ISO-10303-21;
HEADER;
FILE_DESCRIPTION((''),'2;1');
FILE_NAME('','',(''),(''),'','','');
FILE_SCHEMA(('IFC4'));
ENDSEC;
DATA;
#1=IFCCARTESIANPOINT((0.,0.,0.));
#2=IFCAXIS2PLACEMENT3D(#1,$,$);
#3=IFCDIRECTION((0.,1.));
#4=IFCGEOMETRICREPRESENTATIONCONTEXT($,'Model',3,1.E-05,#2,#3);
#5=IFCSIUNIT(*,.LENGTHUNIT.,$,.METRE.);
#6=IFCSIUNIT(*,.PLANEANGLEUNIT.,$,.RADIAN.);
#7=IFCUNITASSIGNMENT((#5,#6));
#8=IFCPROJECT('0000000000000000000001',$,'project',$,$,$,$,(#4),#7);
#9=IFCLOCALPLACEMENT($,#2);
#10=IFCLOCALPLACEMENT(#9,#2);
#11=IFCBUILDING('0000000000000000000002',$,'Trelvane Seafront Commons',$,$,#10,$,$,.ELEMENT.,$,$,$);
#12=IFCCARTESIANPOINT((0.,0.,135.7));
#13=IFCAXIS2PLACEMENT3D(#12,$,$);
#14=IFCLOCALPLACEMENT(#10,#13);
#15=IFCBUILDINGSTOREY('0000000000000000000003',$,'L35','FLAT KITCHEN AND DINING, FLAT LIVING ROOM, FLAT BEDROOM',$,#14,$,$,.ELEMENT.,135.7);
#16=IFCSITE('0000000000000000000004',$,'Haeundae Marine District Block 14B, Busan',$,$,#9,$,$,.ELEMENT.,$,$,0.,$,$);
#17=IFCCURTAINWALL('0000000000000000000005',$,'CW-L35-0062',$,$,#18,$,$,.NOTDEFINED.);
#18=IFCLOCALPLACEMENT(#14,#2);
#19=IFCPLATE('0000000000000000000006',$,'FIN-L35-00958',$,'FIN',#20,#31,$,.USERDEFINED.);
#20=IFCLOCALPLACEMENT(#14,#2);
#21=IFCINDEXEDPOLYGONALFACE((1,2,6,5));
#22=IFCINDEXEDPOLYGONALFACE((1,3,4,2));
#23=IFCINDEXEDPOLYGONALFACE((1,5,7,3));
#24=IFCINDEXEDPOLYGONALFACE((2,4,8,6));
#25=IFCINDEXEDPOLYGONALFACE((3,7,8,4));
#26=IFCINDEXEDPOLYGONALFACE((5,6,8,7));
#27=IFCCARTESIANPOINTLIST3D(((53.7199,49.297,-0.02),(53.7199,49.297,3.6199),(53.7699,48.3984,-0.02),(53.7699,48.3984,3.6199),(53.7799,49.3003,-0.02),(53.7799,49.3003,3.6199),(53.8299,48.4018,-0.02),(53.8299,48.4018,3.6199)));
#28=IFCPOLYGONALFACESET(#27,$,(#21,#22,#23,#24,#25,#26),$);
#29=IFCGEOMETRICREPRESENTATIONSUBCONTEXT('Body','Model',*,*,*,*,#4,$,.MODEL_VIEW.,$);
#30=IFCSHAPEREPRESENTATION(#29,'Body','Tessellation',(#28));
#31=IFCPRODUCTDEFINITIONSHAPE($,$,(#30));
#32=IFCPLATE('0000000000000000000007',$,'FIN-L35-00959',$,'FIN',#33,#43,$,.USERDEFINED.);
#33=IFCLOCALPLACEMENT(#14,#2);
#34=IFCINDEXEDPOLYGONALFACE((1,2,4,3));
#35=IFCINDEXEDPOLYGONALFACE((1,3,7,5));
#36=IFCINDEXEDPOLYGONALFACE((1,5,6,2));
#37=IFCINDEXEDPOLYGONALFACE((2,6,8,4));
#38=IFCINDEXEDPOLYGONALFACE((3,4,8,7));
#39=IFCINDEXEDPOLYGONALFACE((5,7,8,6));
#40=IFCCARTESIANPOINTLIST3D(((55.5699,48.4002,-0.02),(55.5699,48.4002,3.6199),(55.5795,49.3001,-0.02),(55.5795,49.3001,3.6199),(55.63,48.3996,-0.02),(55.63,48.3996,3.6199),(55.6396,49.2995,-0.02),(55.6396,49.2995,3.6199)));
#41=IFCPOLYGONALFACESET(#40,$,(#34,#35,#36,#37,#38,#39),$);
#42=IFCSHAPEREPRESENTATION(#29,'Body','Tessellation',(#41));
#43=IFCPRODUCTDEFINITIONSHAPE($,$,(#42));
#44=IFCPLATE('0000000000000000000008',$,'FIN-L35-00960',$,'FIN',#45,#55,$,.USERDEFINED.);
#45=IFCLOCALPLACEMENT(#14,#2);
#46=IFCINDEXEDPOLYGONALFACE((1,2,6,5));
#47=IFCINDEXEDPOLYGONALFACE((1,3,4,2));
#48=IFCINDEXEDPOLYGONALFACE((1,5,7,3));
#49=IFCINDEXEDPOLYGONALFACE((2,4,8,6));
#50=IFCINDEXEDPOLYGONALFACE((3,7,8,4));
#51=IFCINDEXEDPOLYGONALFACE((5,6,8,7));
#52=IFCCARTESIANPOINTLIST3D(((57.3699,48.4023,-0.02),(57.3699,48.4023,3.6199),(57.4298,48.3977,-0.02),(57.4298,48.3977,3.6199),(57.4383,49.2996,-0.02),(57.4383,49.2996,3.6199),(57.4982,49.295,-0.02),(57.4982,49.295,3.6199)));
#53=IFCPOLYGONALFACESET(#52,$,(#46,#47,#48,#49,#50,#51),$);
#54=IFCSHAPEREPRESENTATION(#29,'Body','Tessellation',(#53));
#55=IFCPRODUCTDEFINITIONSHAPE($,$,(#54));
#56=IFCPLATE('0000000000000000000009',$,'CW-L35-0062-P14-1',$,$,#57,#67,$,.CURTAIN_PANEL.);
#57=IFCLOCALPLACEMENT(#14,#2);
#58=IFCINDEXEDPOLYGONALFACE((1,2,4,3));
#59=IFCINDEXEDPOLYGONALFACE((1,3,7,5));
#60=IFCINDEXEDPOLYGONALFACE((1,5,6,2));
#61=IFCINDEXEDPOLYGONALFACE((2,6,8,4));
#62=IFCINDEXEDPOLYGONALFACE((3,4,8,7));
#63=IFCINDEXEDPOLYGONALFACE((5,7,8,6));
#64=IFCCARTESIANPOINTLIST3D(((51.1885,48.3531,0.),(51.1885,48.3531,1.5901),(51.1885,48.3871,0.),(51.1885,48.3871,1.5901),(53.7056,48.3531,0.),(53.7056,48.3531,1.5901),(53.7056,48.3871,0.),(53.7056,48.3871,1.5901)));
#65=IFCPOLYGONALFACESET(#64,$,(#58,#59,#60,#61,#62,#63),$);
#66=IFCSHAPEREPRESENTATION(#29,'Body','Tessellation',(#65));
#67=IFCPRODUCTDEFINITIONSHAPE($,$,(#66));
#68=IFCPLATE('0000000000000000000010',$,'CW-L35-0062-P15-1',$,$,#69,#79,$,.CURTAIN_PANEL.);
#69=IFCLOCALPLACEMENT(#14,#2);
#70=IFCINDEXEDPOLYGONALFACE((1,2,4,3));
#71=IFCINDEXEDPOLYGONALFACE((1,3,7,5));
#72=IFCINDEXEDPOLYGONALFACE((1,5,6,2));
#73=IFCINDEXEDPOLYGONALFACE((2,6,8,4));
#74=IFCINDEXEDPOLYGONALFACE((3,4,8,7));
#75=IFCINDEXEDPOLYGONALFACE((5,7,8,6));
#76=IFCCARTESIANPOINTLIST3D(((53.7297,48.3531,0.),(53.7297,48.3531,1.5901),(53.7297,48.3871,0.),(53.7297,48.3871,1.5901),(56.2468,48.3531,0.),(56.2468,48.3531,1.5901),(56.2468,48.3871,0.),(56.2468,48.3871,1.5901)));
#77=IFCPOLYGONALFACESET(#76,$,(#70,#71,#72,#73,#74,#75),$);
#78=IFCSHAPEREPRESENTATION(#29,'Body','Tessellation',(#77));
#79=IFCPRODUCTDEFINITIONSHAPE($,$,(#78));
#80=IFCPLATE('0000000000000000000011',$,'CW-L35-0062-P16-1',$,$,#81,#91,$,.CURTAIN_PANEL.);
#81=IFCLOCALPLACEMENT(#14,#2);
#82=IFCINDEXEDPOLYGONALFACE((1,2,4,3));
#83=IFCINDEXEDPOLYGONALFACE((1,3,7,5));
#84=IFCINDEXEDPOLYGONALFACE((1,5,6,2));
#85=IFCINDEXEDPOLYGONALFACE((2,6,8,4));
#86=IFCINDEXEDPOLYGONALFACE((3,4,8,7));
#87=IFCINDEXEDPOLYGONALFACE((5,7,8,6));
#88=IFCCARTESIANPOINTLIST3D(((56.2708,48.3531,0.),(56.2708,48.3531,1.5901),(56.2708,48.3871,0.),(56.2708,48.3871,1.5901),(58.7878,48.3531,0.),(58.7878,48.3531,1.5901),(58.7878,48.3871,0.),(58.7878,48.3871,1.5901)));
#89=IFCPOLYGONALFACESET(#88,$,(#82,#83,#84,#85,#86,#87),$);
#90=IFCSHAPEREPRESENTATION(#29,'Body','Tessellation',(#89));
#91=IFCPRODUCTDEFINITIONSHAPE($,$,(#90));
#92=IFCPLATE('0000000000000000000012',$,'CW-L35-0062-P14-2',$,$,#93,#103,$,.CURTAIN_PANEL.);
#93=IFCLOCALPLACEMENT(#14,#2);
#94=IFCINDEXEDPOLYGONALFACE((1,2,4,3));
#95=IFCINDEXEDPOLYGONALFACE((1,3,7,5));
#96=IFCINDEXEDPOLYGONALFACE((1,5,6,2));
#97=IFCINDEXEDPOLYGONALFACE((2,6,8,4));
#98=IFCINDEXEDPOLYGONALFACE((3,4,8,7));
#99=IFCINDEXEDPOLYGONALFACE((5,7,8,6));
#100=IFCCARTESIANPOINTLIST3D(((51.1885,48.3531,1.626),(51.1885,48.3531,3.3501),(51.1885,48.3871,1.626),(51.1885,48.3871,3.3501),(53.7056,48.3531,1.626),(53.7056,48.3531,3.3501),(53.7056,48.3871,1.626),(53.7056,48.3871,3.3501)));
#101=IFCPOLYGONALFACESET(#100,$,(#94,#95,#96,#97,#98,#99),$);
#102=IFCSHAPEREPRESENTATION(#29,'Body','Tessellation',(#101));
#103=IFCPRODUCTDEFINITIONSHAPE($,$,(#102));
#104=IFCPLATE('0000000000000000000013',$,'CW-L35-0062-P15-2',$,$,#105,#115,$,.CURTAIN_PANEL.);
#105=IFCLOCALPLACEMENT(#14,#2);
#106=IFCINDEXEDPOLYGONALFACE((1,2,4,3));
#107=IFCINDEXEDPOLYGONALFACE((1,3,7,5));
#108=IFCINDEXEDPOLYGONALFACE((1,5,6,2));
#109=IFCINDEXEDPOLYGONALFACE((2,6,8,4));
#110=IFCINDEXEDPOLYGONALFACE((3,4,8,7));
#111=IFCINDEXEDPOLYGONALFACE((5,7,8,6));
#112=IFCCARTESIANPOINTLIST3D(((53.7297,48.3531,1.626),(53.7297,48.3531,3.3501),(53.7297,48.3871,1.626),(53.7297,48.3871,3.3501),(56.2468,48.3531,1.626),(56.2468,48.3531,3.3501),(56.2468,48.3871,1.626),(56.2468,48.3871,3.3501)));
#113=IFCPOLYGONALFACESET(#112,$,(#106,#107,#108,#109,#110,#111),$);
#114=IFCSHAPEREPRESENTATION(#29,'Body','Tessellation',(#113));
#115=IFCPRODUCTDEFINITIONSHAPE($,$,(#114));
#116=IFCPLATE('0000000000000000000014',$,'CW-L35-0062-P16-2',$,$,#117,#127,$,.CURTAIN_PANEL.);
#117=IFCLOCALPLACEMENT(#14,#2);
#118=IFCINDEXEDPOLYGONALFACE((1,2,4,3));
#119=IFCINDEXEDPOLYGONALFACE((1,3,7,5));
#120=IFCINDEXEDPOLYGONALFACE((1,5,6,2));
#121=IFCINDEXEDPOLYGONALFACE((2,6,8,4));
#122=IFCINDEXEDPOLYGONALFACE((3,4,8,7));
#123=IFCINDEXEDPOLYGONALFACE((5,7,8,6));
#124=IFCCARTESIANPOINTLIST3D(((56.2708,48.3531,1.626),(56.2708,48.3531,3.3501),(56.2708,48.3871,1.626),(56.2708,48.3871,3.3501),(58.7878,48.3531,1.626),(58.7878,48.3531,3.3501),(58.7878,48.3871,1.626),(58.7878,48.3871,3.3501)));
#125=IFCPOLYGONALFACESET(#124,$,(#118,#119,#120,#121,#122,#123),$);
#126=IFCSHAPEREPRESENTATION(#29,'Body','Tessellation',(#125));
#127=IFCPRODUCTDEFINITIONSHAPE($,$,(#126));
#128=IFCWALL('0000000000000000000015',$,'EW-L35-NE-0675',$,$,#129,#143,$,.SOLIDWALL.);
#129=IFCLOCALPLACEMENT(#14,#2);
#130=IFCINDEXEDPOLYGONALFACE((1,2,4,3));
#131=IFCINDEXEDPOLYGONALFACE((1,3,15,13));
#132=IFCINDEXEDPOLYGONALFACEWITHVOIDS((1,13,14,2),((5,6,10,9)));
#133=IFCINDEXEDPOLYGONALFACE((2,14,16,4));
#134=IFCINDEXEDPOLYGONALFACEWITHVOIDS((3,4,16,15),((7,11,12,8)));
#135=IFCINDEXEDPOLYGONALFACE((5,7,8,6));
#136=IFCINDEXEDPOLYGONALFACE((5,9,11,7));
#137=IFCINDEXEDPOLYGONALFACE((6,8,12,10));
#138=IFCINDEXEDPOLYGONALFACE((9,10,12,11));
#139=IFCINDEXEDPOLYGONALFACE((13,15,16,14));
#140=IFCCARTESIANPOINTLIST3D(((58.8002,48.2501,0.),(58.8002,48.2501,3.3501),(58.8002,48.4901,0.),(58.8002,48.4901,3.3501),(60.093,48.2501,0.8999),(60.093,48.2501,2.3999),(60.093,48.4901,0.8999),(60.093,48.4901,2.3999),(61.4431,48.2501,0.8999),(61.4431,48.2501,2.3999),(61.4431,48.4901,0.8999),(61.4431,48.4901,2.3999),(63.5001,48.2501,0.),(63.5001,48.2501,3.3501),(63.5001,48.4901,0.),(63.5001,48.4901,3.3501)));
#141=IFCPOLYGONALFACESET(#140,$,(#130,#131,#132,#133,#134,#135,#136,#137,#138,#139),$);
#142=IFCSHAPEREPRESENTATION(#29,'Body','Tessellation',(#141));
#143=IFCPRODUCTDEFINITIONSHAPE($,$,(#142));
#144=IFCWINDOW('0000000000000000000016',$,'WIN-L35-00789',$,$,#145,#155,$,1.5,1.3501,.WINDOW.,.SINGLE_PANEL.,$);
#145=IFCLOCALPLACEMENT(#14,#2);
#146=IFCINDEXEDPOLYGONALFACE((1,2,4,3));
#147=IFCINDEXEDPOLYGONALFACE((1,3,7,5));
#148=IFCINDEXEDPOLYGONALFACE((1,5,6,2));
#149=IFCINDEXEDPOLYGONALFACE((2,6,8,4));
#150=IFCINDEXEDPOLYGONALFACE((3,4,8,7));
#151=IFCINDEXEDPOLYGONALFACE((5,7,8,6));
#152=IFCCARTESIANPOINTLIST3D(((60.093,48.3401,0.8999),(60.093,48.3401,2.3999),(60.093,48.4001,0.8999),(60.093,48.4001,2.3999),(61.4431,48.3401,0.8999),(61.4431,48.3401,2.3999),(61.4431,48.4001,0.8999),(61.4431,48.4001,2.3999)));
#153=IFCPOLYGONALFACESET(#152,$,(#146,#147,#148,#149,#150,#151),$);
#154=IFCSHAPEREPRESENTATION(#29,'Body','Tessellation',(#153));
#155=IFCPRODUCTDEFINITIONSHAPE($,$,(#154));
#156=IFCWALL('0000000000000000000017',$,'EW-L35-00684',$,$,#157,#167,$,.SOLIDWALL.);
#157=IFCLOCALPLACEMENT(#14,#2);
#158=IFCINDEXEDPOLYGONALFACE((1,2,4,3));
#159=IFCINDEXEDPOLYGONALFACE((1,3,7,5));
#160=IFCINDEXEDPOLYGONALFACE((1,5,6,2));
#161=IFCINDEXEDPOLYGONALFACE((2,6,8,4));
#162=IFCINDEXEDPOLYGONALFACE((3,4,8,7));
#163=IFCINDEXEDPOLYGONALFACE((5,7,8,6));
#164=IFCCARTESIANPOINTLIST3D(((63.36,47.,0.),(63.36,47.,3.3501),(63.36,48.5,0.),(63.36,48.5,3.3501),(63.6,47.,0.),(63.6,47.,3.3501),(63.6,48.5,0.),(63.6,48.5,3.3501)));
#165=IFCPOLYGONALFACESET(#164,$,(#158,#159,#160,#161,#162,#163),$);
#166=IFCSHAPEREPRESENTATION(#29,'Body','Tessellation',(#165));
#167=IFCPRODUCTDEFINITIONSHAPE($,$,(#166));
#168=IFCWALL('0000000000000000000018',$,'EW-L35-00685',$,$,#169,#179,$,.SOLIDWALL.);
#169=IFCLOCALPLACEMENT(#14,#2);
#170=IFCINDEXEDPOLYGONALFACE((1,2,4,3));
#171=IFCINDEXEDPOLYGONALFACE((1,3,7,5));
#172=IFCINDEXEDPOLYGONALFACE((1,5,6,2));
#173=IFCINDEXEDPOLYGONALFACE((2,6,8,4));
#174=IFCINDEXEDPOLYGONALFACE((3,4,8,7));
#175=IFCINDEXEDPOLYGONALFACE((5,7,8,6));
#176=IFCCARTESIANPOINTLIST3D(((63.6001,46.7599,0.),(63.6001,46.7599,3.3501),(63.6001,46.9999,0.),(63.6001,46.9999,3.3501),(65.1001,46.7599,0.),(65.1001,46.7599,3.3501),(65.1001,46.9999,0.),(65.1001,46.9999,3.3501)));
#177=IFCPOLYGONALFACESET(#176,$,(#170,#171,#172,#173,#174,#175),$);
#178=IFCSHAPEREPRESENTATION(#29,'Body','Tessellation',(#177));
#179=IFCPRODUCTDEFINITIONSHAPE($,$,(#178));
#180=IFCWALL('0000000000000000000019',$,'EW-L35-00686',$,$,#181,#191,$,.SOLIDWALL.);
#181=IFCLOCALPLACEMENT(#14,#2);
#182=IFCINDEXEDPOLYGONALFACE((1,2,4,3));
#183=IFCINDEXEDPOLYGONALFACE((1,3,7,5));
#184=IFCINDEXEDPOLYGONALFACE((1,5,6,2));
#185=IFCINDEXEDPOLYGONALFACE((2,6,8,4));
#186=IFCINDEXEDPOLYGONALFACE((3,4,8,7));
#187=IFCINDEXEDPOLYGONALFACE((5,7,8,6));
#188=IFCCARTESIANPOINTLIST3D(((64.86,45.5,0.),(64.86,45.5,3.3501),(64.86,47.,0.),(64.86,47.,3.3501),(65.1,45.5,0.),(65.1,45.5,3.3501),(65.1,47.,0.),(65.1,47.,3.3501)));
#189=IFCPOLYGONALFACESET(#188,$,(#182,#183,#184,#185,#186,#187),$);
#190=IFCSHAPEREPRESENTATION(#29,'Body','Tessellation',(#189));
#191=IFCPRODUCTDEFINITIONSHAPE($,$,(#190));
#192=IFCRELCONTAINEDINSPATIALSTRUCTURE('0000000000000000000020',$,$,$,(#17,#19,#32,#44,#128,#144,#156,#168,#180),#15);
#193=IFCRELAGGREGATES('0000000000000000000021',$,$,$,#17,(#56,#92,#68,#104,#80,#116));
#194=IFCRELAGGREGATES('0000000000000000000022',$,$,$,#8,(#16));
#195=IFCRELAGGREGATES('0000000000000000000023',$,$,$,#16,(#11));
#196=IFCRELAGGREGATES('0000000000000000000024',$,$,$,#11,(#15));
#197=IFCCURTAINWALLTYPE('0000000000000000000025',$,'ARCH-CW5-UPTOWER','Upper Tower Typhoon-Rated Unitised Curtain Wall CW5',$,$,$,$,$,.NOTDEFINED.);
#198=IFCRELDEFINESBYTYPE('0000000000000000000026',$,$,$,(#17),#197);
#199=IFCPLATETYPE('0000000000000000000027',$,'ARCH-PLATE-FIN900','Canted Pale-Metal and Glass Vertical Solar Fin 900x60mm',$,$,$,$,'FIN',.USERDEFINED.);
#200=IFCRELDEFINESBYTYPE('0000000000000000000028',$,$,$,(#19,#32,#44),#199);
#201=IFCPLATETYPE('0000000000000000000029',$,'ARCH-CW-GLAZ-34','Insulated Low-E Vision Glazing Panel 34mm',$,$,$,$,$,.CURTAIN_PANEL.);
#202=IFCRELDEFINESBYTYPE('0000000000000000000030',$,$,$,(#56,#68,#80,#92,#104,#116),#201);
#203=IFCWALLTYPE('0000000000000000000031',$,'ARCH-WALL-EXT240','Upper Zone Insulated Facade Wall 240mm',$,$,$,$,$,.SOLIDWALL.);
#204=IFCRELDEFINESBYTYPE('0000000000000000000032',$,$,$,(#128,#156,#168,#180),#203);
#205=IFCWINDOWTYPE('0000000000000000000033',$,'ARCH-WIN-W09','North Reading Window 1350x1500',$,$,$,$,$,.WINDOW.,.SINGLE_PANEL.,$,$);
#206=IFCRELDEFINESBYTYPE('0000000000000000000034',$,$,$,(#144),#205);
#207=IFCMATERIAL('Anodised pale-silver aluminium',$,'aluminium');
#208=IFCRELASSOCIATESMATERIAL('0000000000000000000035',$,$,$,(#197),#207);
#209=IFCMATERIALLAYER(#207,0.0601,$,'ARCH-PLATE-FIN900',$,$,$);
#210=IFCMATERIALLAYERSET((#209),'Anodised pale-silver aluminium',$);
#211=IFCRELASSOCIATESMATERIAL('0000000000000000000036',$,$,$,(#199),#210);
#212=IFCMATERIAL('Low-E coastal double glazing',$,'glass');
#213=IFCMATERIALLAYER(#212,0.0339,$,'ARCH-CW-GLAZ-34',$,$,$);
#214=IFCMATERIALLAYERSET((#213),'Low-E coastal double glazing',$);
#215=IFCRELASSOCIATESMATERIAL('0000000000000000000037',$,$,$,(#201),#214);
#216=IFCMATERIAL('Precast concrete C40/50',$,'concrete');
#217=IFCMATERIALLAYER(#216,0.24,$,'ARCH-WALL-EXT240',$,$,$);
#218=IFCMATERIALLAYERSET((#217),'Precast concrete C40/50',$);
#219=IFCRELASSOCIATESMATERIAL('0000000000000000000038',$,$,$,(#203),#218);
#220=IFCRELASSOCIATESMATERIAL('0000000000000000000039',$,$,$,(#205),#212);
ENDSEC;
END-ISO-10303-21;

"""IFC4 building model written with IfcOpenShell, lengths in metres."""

from ifc_helpers import new_model, si_unit, direction, frame, frame_2d, origin, origin_2d, place, context, subcontext, project, spatial, rectangle, extrude, source, transform, mapped, material, layer, layer_set, type_object, element, fill, aggregate, save


model = new_model("IFC4")

# Units and contexts
model_context = context("Model", 3, precision=1e-05, world=origin(), true_north=direction((0.0, 1.0)))
body_context = subcontext(model_context, "Body", "Model", "MODEL_VIEW")
ifc_project = project(units=[si_unit("LENGTHUNIT", "METRE"), si_unit("PLANEANGLEUNIT", "RADIAN")], contexts=[model_context])

# Site, building, storey
site_placement = place(None, origin())
site = spatial("IfcSite", under=ifc_project, at=site_placement, Name="Haeundae Marine District Block 14B, Busan", CompositionType="ELEMENT", RefElevation=0.0)
building_placement = place(site_placement, origin())
building = spatial("IfcBuilding", under=site, at=building_placement, Name="Trelvane Seafront Commons", CompositionType="ELEMENT")
storey_placement = place(building_placement, frame((0.0, 0.0, 135.7)))
storey = spatial("IfcBuildingStorey", under=building, at=storey_placement, Name="L35", Description="FLAT KITCHEN AND DINING, FLAT LIVING ROOM, FLAT BEDROOM", CompositionType="ELEMENT", Elevation=135.7)

# Curtain wall
ifc_material_1 = material(Name="Anodised pale-silver aluminium", Category="aluminium")
curtain_wall_type = type_object("IfcCurtainWallType", Name="ARCH-CW5-UPTOWER", Description="Upper Tower Typhoon-Rated Unitised Curtain Wall CW5", PredefinedType="NOTDEFINED", material=ifc_material_1)
curtain_wall_placement = place(storey_placement, origin())
curtain_wall = element("IfcCurtainWall", 1, at=curtain_wall_placement, inside=storey, type_object=curtain_wall_type, Name="CW-L35-0062", PredefinedType="NOTDEFINED")

# Plates
ifc_layer_1 = layer(ifc_material_1, 0.0601, Name="ARCH-PLATE-FIN900")
ifc_layer_set_1 = layer_set([ifc_layer_1], Name="Anodised pale-silver aluminium")
plate_type_1 = type_object("IfcPlateType", Name="ARCH-PLATE-FIN900", Description="Canted Pale-Metal and Glass Vertical Solar Fin 900x60mm", ElementType="FIN", PredefinedType="USERDEFINED", material=ifc_layer_set_1)
shared_shape_1 = source(origin(), body_context, "Body", "SweptSolid", [
    extrude(rectangle(XDim=0.8999, YDim=0.0601, at=origin_2d()), origin(), (0.0, 0.0, 1.0), 3.6399),
])
for number, where, z_axis, x_axis, name in (
    (2, (53.7749, 48.8494, -0.02), (0.0, 0.0, 1.0), (-0.055557, 0.998456, 0.0), "FIN-L35-00958"),
    (3, (55.6047, 48.8499, -0.02), (0.0, 0.0, 1.0), (0.010667, 0.999943, 0.0), "FIN-L35-00959"),
    (4, (57.4341, 48.8486, -0.02), (0.0, 0.0, 1.0), (0.076, 0.997108, 0.0), "FIN-L35-00960"),
):
    element("IfcPlate", number, at=place(storey_placement, frame(where, z_axis=z_axis, x_axis=x_axis)), inside=storey, type_object=plate_type_1, Name=name, ObjectType="FIN", PredefinedType="USERDEFINED", context=body_context, shape_type="MappedRepresentation", body=[
        mapped(shared_shape_1, transform((0.0, 0.0, 0.0), x_axis=(1.0, 0.0, 0.0), y_axis=(0.0, 1.0, 0.0), z_axis=(0.0, 0.0, 1.0), scale=1.0)),
    ])

# Plates
ifc_material_2 = material(Name="Low-E coastal double glazing", Category="glass")
ifc_layer_2 = layer(ifc_material_2, 0.0339, Name="ARCH-CW-GLAZ-34")
ifc_layer_set_2 = layer_set([ifc_layer_2], Name="Low-E coastal double glazing")
plate_type_2 = type_object("IfcPlateType", Name="ARCH-CW-GLAZ-34", Description="Insulated Low-E Vision Glazing Panel 34mm", PredefinedType="CURTAIN_PANEL", material=ifc_layer_set_2)
shared_shape_2 = source(origin(), body_context, "Body", "SweptSolid", [
    extrude(rectangle(XDim=2.5171, YDim=0.0339, at=origin_2d()), origin(), (0.0, 0.0, 1.0), 1.5901),
])
plate_1_placement = place(storey_placement, frame((52.447, 48.3701, 0.0), z_axis=(0.0, 0.0, 1.0), x_axis=(1.0, 0.0, 0.0)))
plate_1 = element("IfcPlate", 5, at=plate_1_placement, type_object=plate_type_2, Name="CW-L35-0062-P14-1", PredefinedType="CURTAIN_PANEL", context=body_context, shape_type="MappedRepresentation", body=[
    mapped(shared_shape_2, transform((0.0, 0.0, 0.0), x_axis=(1.0, 0.0, 0.0), y_axis=(0.0, 1.0, 0.0), z_axis=(0.0, 0.0, 1.0), scale=1.0)),
])
plate_2_placement = place(storey_placement, frame((54.9883, 48.3701, 0.0), z_axis=(0.0, 0.0, 1.0), x_axis=(1.0, 0.0, 0.0)))
plate_2 = element("IfcPlate", 6, at=plate_2_placement, type_object=plate_type_2, Name="CW-L35-0062-P15-1", PredefinedType="CURTAIN_PANEL", context=body_context, shape_type="MappedRepresentation", body=[
    mapped(shared_shape_2, transform((0.0, 0.0, 0.0), x_axis=(1.0, 0.0, 0.0), y_axis=(0.0, 1.0, 0.0), z_axis=(0.0, 0.0, 1.0), scale=1.0)),
])
plate_3_placement = place(storey_placement, frame((57.5293, 48.3701, 0.0), z_axis=(0.0, 0.0, 1.0), x_axis=(1.0, 0.0, 0.0)))
plate_3 = element("IfcPlate", 7, at=plate_3_placement, type_object=plate_type_2, Name="CW-L35-0062-P16-1", PredefinedType="CURTAIN_PANEL", context=body_context, shape_type="MappedRepresentation", body=[
    mapped(shared_shape_2, transform((0.0, 0.0, 0.0), x_axis=(1.0, 0.0, 0.0), y_axis=(0.0, 1.0, 0.0), z_axis=(0.0, 0.0, 1.0), scale=1.0)),
])
shared_shape_3 = source(origin(), body_context, "Body", "SweptSolid", [
    extrude(rectangle(XDim=2.5171, YDim=0.0339, at=origin_2d()), origin(), (0.0, 0.0, 1.0), 1.7241),
])
plate_4_placement = place(storey_placement, frame((52.447, 48.3701, 1.626), z_axis=(0.0, 0.0, 1.0), x_axis=(1.0, 0.0, 0.0)))
plate_4 = element("IfcPlate", 8, at=plate_4_placement, type_object=plate_type_2, Name="CW-L35-0062-P14-2", PredefinedType="CURTAIN_PANEL", context=body_context, shape_type="MappedRepresentation", body=[
    mapped(shared_shape_3, transform((0.0, 0.0, 0.0), x_axis=(1.0, 0.0, 0.0), y_axis=(0.0, 1.0, 0.0), z_axis=(0.0, 0.0, 1.0), scale=1.0)),
])
plate_5_placement = place(storey_placement, frame((54.9883, 48.3701, 1.626), z_axis=(0.0, 0.0, 1.0), x_axis=(1.0, 0.0, 0.0)))
plate_5 = element("IfcPlate", 9, at=plate_5_placement, type_object=plate_type_2, Name="CW-L35-0062-P15-2", PredefinedType="CURTAIN_PANEL", context=body_context, shape_type="MappedRepresentation", body=[
    mapped(shared_shape_3, transform((0.0, 0.0, 0.0), x_axis=(1.0, 0.0, 0.0), y_axis=(0.0, 1.0, 0.0), z_axis=(0.0, 0.0, 1.0), scale=1.0)),
])
plate_6_placement = place(storey_placement, frame((57.5293, 48.3701, 1.626), z_axis=(0.0, 0.0, 1.0), x_axis=(1.0, 0.0, 0.0)))
plate_6 = element("IfcPlate", 10, at=plate_6_placement, type_object=plate_type_2, Name="CW-L35-0062-P16-2", PredefinedType="CURTAIN_PANEL", context=body_context, shape_type="MappedRepresentation", body=[
    mapped(shared_shape_3, transform((0.0, 0.0, 0.0), x_axis=(1.0, 0.0, 0.0), y_axis=(0.0, 1.0, 0.0), z_axis=(0.0, 0.0, 1.0), scale=1.0)),
])
aggregate(curtain_wall, [plate_1, plate_4, plate_2, plate_5, plate_3, plate_6])

# Wall, opening, window
ifc_material_3 = material(Name="Precast concrete C40/50", Category="concrete")
ifc_layer_3 = layer(ifc_material_3, 0.24, Name="ARCH-WALL-EXT240")
ifc_layer_set_3 = layer_set([ifc_layer_3], Name="Precast concrete C40/50")
wall_type = type_object("IfcWallType", Name="ARCH-WALL-EXT240", Description="Upper Zone Insulated Facade Wall 240mm", PredefinedType="SOLIDWALL", material=ifc_layer_set_3)
wall_1_placement = place(storey_placement, frame((58.8, 48.3701, 0.0), z_axis=(0.0, 0.0, 1.0), x_axis=(1.0, 0.0, 0.0)))
wall_1 = element("IfcWall", 11, at=wall_1_placement, inside=storey, type_object=wall_type, Name="EW-L35-NE-0675", PredefinedType="SOLIDWALL", context=body_context, shape_type="SweptSolid", body=[
    extrude(rectangle(XDim=4.7, YDim=0.24, at=frame_2d((2.3501, 0.0))), origin(), (0.0, 0.0, 1.0), 3.3501),
])
opening_1_placement = place(wall_1_placement, frame((1.293, 0.0, 0.8999)))
opening_1 = element("IfcOpeningElement", 12, at=opening_1_placement, cuts=wall_1, PredefinedType="OPENING", context=body_context, shape_type="SweptSolid", body=[
    extrude(rectangle(XDim=1.3501, YDim=1.5, at=frame_2d((0.675, 0.75))), frame((0.0, 0.1299, 0.0), z_axis=(0.0, -1.0, 0.0), x_axis=(1.0, 0.0, 0.0)), (0.0, 0.0, 1.0), 0.26),
])
window_type_1 = type_object("IfcWindowType", Name="ARCH-WIN-W09", Description="North Reading Window 1350x1500", PartitioningType="SINGLE_PANEL", PredefinedType="WINDOW", material=ifc_material_2)
shared_shape_4 = source(origin(), body_context, "Body", "SweptSolid", [
    extrude(rectangle(XDim=1.3501, YDim=1.5, at=frame_2d((0.675, 0.75))), frame((0.0, 0.03, 0.0), z_axis=(0.0, -1.0, 0.0), x_axis=(1.0, 0.0, 0.0)), (0.0, 0.0, 1.0), 0.0601),
])
window_1_placement = place(opening_1_placement, origin())
window_1 = element("IfcWindow", 13, at=window_1_placement, inside=storey, type_object=window_type_1, Name="WIN-L35-00789", OverallHeight=1.5, OverallWidth=1.3501, PartitioningType="SINGLE_PANEL", PredefinedType="WINDOW", context=body_context, shape_type="MappedRepresentation", body=[
    mapped(shared_shape_4, transform((0.0, 0.0, 0.0), x_axis=(1.0, 0.0, 0.0), y_axis=(0.0, 1.0, 0.0), z_axis=(0.0, 0.0, 1.0), scale=1.0)),
])
fill(opening_1, window_1)

# Walls
for number, where, z_axis, x_axis, name in (
    (14, (63.48, 48.5, 0.0), (0.0, 0.0, 1.0), (0.0, -1.0, 0.0), "EW-L35-00684"),
    (15, (63.6001, 46.8799, 0.0), (0.0, 0.0, 1.0), (1.0, 0.0, 0.0), "EW-L35-00685"),
    (16, (64.98, 47.0, 0.0), (0.0, 0.0, 1.0), (0.0, -1.0, 0.0), "EW-L35-00686"),
):
    element("IfcWall", number, at=place(storey_placement, frame(where, z_axis=z_axis, x_axis=x_axis)), inside=storey, type_object=wall_type, Name=name, PredefinedType="SOLIDWALL", context=body_context, shape_type="SweptSolid", body=[
        extrude(rectangle(XDim=1.5, YDim=0.24, at=frame_2d((0.75, 0.0))), origin(), (0.0, 0.0, 1.0), 3.3501),
    ])

save(model, "model.ifc")
